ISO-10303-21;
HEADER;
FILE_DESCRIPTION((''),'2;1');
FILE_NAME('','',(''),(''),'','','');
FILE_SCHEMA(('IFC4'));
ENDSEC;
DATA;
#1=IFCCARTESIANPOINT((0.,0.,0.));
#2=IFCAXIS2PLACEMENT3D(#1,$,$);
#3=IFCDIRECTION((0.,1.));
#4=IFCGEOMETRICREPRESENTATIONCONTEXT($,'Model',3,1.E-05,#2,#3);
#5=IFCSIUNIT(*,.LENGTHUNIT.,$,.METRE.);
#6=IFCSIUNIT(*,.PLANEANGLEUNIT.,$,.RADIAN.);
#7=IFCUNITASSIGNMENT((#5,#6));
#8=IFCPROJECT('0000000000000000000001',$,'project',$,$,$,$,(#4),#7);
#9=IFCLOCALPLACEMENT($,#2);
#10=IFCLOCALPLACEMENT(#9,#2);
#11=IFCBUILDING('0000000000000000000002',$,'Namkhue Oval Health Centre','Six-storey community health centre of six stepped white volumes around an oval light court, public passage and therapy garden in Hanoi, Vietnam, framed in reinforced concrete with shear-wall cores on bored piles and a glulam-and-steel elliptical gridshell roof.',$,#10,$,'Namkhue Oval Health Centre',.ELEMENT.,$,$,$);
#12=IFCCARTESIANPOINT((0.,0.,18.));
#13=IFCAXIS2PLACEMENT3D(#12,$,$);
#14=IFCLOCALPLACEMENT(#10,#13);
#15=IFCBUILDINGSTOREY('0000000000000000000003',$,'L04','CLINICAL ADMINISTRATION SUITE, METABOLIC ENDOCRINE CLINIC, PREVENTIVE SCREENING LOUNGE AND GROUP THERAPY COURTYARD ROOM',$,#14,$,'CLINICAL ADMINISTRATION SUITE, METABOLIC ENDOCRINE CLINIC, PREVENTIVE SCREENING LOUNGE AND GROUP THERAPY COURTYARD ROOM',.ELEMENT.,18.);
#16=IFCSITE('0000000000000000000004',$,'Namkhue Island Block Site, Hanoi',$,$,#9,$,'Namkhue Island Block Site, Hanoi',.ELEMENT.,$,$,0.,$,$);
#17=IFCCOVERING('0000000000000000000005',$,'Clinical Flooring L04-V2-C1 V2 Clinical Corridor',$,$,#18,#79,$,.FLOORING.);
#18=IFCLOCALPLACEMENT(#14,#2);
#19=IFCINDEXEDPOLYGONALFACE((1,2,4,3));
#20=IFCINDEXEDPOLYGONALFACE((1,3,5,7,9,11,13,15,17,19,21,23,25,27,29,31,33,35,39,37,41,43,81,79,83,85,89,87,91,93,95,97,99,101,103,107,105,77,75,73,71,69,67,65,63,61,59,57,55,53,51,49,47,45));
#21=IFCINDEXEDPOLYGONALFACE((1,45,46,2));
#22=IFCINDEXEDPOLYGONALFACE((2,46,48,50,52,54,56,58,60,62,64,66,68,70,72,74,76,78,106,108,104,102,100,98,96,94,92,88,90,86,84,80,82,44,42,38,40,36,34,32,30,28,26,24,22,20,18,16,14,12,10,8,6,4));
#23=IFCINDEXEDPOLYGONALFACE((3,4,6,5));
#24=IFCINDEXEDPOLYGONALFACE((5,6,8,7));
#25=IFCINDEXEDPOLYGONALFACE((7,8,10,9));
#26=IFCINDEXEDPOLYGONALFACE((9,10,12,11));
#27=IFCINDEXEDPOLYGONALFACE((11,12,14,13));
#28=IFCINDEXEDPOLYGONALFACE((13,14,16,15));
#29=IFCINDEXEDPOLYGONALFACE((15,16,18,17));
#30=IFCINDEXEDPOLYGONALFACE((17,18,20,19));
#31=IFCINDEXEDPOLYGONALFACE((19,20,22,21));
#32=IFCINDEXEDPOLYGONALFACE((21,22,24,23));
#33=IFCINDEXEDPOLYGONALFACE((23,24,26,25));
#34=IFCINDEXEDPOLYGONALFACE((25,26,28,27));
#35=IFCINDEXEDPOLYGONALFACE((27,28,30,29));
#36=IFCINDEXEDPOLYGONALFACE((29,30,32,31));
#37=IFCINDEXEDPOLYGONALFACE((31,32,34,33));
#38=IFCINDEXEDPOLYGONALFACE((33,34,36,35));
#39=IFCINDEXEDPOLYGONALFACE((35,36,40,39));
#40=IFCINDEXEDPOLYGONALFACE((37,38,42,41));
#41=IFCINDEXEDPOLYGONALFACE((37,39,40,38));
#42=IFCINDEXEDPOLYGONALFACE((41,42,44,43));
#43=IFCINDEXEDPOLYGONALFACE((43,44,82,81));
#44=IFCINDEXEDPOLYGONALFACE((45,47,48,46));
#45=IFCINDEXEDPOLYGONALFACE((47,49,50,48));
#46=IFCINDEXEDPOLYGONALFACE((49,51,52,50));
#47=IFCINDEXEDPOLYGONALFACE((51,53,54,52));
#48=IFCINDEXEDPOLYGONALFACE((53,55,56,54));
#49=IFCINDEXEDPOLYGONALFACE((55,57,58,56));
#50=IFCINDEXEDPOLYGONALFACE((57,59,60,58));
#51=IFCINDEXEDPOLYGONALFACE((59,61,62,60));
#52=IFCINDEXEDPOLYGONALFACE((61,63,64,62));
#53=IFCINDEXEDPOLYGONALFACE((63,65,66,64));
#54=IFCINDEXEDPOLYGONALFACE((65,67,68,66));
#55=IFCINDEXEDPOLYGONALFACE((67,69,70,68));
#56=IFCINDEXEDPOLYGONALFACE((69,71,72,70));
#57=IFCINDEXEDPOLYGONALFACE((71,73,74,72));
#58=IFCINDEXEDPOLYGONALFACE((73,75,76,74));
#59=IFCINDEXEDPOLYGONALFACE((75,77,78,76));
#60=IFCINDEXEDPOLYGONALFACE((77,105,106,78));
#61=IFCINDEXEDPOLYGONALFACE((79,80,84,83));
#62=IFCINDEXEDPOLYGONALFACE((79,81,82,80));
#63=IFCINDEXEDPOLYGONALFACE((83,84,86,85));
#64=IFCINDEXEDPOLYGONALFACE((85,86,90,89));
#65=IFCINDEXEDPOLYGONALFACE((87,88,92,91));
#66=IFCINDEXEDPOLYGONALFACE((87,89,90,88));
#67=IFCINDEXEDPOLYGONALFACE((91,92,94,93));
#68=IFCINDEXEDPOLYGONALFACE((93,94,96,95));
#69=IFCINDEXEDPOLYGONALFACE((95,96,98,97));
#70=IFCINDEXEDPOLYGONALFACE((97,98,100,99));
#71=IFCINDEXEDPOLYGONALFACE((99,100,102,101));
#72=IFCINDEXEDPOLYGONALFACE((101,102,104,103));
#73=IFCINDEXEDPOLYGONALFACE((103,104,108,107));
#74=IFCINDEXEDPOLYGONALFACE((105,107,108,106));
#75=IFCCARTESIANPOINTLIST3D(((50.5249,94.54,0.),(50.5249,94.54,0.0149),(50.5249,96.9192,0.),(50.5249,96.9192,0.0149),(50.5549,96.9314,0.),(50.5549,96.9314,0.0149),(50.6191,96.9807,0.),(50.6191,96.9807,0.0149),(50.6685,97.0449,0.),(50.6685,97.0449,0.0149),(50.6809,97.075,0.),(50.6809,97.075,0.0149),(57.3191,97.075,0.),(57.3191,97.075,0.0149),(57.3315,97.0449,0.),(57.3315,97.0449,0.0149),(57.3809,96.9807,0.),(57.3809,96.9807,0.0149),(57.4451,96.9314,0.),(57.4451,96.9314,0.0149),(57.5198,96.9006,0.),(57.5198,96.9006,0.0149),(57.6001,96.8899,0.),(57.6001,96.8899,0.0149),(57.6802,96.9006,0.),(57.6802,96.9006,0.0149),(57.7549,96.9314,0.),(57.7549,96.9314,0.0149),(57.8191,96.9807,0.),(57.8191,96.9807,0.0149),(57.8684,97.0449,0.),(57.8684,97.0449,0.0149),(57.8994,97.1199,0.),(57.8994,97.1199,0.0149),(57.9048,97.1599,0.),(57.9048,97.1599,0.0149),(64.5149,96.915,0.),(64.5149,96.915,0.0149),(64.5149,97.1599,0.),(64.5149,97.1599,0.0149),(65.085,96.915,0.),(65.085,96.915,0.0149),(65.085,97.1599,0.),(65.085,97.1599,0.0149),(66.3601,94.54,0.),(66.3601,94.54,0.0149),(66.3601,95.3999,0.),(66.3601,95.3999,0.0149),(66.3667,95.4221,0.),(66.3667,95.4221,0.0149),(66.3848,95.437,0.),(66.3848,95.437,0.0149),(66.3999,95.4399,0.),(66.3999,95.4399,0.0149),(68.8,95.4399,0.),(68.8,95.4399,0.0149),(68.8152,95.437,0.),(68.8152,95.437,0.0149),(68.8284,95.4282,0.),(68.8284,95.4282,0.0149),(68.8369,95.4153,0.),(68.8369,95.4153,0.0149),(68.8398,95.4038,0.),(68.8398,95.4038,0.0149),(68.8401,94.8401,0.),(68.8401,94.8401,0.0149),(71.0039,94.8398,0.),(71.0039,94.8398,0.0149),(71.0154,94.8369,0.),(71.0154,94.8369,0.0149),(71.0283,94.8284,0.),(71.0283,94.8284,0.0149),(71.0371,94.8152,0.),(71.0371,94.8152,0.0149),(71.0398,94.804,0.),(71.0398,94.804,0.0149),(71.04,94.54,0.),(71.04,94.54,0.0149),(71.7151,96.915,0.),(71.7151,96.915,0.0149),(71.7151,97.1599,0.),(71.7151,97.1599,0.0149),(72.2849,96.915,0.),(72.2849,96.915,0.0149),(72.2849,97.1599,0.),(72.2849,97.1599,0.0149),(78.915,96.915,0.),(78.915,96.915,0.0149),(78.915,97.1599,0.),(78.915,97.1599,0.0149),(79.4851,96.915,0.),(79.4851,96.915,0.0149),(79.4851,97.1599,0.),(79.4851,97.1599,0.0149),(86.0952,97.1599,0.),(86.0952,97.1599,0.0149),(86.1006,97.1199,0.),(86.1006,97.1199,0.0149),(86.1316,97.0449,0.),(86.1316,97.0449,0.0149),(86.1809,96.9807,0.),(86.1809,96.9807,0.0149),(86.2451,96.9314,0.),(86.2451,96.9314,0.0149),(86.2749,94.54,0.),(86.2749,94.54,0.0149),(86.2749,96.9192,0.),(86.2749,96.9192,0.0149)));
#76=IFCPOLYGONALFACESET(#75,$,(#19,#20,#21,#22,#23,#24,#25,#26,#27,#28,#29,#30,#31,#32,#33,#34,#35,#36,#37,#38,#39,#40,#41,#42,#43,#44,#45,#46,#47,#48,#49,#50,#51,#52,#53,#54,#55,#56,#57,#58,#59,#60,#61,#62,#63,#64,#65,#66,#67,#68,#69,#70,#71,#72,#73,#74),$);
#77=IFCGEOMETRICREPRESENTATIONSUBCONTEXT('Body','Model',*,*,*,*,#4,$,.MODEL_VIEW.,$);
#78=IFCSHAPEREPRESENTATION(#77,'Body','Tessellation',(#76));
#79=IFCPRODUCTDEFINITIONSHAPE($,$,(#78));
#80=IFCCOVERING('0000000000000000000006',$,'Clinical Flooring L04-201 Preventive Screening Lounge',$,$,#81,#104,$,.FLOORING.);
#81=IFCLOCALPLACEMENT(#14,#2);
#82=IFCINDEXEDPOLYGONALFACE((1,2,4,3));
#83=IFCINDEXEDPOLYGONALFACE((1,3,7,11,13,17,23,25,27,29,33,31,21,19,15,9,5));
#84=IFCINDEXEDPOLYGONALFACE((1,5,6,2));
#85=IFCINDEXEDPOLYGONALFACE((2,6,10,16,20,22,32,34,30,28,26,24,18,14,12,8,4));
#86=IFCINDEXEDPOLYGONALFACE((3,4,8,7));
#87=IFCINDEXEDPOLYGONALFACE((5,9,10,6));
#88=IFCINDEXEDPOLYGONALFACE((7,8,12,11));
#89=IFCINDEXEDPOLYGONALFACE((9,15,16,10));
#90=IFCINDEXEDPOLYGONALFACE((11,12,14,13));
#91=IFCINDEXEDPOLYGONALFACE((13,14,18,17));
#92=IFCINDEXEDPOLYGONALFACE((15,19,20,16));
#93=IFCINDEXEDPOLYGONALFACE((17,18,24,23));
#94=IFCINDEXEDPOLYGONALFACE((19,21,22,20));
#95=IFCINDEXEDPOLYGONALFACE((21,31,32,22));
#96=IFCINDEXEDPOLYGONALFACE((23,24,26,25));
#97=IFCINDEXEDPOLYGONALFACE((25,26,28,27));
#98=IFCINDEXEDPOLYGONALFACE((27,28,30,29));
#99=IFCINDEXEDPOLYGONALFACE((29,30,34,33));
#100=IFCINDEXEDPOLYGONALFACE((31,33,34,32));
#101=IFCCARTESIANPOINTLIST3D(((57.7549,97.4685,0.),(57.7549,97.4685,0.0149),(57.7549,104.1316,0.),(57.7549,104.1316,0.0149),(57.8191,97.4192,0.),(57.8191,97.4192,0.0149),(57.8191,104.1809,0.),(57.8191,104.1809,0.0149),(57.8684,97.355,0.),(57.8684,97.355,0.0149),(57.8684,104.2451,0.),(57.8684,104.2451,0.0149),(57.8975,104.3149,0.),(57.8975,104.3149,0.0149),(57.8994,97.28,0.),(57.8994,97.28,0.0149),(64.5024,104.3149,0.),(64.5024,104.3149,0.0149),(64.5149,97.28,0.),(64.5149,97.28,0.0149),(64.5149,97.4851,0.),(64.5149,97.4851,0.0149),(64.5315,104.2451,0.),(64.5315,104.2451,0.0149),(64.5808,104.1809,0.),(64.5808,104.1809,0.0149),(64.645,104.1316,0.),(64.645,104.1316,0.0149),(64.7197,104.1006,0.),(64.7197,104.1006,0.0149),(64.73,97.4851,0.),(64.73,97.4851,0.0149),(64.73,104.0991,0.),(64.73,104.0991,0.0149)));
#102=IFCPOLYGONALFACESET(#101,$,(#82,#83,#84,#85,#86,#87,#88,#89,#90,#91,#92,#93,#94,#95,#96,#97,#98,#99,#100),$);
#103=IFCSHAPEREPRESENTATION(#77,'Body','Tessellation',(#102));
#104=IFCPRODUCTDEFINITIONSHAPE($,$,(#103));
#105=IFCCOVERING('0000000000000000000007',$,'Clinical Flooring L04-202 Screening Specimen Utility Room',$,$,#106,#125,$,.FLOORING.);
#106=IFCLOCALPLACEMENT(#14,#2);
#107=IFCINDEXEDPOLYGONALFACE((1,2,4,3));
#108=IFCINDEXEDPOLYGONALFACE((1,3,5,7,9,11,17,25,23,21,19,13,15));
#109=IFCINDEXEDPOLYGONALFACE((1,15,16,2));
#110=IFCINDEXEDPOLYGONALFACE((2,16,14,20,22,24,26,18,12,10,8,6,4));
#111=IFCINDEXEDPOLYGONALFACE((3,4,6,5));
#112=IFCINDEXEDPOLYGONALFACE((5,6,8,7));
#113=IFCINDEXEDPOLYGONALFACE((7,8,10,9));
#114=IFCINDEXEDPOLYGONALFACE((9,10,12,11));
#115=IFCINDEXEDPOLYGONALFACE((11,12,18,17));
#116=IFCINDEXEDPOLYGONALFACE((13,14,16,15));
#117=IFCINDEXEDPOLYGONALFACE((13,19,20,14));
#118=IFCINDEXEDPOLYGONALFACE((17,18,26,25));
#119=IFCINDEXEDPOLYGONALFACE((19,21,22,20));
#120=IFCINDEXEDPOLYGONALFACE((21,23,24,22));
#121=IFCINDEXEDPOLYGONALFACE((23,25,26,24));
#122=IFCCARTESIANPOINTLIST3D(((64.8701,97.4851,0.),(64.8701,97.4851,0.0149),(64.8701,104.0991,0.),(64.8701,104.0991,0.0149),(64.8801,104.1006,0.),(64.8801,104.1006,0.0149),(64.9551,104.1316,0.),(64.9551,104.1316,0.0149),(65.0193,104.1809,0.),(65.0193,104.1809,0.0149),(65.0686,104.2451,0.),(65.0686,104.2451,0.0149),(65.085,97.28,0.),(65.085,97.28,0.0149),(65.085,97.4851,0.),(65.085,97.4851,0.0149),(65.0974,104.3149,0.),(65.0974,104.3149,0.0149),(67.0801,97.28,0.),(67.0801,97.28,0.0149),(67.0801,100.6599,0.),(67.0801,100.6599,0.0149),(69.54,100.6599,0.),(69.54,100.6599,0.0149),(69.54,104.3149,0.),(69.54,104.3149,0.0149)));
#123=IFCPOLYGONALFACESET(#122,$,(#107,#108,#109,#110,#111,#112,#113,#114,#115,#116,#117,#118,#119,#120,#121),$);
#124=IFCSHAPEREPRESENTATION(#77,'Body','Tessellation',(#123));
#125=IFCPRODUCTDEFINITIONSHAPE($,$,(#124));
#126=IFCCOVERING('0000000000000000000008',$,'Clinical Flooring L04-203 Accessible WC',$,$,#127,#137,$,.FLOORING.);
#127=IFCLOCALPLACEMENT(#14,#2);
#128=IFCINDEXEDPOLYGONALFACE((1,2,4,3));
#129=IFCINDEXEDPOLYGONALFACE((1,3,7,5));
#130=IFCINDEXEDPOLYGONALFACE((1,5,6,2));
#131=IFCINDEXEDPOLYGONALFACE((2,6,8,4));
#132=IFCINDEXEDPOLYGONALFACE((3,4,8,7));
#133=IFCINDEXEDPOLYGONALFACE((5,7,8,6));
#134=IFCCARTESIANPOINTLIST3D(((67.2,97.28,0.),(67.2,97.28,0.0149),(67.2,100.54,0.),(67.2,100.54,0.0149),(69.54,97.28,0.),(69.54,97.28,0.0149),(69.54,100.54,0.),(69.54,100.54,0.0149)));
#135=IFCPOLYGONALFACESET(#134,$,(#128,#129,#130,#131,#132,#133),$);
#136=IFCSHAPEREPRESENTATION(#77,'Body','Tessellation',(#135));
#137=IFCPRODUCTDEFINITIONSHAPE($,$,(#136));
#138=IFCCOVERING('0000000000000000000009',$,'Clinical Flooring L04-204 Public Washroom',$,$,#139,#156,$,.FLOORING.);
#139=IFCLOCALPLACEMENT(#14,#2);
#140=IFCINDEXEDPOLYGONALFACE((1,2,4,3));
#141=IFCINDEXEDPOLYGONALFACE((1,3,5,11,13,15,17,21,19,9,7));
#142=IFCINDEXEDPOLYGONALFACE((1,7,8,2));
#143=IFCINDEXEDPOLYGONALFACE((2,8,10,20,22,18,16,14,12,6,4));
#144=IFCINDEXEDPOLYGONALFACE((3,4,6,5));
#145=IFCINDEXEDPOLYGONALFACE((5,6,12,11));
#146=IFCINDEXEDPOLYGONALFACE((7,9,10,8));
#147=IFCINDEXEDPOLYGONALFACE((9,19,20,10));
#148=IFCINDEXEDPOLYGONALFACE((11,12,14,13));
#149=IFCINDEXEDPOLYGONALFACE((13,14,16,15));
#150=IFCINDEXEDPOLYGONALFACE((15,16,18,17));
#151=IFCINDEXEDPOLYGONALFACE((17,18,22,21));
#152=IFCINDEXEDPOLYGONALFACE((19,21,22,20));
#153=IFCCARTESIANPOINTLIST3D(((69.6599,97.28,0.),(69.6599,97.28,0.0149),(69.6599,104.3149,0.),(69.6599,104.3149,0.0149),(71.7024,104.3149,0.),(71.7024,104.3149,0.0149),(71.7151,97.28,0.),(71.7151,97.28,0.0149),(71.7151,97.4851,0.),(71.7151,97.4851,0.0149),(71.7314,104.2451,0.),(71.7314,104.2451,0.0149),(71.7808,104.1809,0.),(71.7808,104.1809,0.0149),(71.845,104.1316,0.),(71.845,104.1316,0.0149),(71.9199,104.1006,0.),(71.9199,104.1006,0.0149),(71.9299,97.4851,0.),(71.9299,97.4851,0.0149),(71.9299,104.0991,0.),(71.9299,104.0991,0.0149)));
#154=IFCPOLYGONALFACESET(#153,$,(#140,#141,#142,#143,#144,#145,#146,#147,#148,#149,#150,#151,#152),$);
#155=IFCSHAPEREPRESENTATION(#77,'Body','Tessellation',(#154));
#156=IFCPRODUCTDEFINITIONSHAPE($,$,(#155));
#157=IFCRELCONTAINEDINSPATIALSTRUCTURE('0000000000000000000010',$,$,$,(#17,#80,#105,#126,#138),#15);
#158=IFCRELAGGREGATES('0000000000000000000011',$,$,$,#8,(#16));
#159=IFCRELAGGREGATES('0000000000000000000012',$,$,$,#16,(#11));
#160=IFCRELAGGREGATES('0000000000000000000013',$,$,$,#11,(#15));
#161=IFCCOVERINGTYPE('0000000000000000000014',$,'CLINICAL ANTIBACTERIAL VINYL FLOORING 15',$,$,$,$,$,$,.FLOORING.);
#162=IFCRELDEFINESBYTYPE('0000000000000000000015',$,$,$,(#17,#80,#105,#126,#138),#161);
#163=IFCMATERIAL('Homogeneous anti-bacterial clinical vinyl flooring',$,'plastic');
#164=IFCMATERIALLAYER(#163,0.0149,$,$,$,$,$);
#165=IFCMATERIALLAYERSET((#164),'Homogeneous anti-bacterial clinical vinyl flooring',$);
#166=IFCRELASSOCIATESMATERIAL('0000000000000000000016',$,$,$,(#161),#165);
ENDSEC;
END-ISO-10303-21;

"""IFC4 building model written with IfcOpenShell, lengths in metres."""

from ifc_helpers import new_model, si_unit, direction, frame, origin, place, context, subcontext, project, spatial, polyline, outline, extrude, material, layer, layer_set, type_object, element, save


model = new_model("IFC4")

# Units and contexts
model_context = context("Model", 3, precision=1e-05, world=origin(), true_north=direction((0.0, 1.0)))
body_context = subcontext(model_context, "Body", "Model", "MODEL_VIEW")
ifc_project = project(units=[si_unit("LENGTHUNIT", "METRE"), si_unit("PLANEANGLEUNIT", "RADIAN")], contexts=[model_context])

# Site, building, storey
site_placement = place(None, origin())
site = spatial("IfcSite", under=ifc_project, at=site_placement, Name="Namkhue Island Block Site, Hanoi", LongName="Namkhue Island Block Site, Hanoi", CompositionType="ELEMENT", RefElevation=0.0)
building_placement = place(site_placement, origin())
building = spatial("IfcBuilding", under=site, at=building_placement, Name="Namkhue Oval Health Centre", Description="Six-storey community health centre of six stepped white volumes around an oval light court, public passage and therapy garden in Hanoi, Vietnam, framed in reinforced concrete with shear-wall cores on bored piles and a glulam-and-steel elliptical gridshell roof.", LongName="Namkhue Oval Health Centre", CompositionType="ELEMENT")
storey_placement = place(building_placement, frame((0.0, 0.0, 18.0)))
storey = spatial("IfcBuildingStorey", under=building, at=storey_placement, Name="L04", Description="CLINICAL ADMINISTRATION SUITE, METABOLIC ENDOCRINE CLINIC, PREVENTIVE SCREENING LOUNGE AND GROUP THERAPY COURTYARD ROOM", LongName="CLINICAL ADMINISTRATION SUITE, METABOLIC ENDOCRINE CLINIC, PREVENTIVE SCREENING LOUNGE AND GROUP THERAPY COURTYARD ROOM", CompositionType="ELEMENT", Elevation=18.0)

# Coverings
ifc_material_1 = material(Name="Homogeneous anti-bacterial clinical vinyl flooring", Category="plastic")
ifc_layer_1 = layer(ifc_material_1, 0.0149)
ifc_layer_set_1 = layer_set([ifc_layer_1], Name="Homogeneous anti-bacterial clinical vinyl flooring")
covering_type = type_object("IfcCoveringType", Name="CLINICAL ANTIBACTERIAL VINYL FLOORING 15", PredefinedType="FLOORING", material=ifc_layer_set_1)
covering_1_placement = place(storey_placement, origin())
element("IfcCovering", 1, at=covering_1_placement, inside=storey, type_object=covering_type, Name="Clinical Flooring L04-V2-C1 V2 Clinical Corridor", PredefinedType="FLOORING", context=body_context, shape_type="SweptSolid", body=[
    extrude(outline(polyline([(64.5149, 97.1599), (64.5149, 96.915), (65.085, 96.915), (65.085, 97.1599), (71.7151, 97.1599), (71.7151, 96.915), (72.2849, 96.915), (72.2849, 97.1599), (78.915, 97.1599), (78.915, 96.915), (79.4851, 96.915), (79.4851, 97.1599), (86.0952, 97.1599), (86.1006, 97.1199), (86.1316, 97.0449), (86.1809, 96.9807), (86.2451, 96.9314), (86.2749, 96.9192), (86.2749, 94.54), (71.04, 94.54), (71.0398, 94.804), (71.0371, 94.8152), (71.0283, 94.8284), (71.0154, 94.8369), (71.0039, 94.8398), (68.8401, 94.8401), (68.8398, 95.4038), (68.8369, 95.4153), (68.8284, 95.4282), (68.8152, 95.437), (68.8, 95.4399), (66.3999, 95.4399), (66.3848, 95.437), (66.3667, 95.4221), (66.3601, 95.3999), (66.3601, 94.54), (50.5249, 94.54), (50.5249, 96.9192), (50.5549, 96.9314), (50.6191, 96.9807), (50.6685, 97.0449), (50.6809, 97.075), (57.3191, 97.075), (57.3315, 97.0449), (57.3809, 96.9807), (57.4451, 96.9314), (57.5198, 96.9006), (57.6001, 96.8899), (57.6802, 96.9006), (57.7549, 96.9314), (57.8191, 96.9807), (57.8684, 97.0449), (57.8994, 97.1199), (57.9048, 97.1599), (64.5149, 97.1599)])), origin(), (0.0, 0.0, 1.0), 0.0149),
])
covering_2_placement = place(storey_placement, origin())
element("IfcCovering", 2, at=covering_2_placement, inside=storey, type_object=covering_type, Name="Clinical Flooring L04-201 Preventive Screening Lounge", PredefinedType="FLOORING", context=body_context, shape_type="SweptSolid", body=[
    extrude(outline(polyline([(57.8994, 97.28), (57.8684, 97.355), (57.8191, 97.4192), (57.7549, 97.4685), (57.7549, 104.1316), (57.8191, 104.1809), (57.8684, 104.2451), (57.8975, 104.3149), (64.5024, 104.3149), (64.5315, 104.2451), (64.5808, 104.1809), (64.645, 104.1316), (64.7197, 104.1006), (64.73, 104.0991), (64.73, 97.4851), (64.5149, 97.4851), (64.5149, 97.28), (57.8994, 97.28)])), origin(), (0.0, 0.0, 1.0), 0.0149),
])
covering_3_placement = place(storey_placement, origin())
element("IfcCovering", 3, at=covering_3_placement, inside=storey, type_object=covering_type, Name="Clinical Flooring L04-202 Screening Specimen Utility Room", PredefinedType="FLOORING", context=body_context, shape_type="SweptSolid", body=[
    extrude(outline(polyline([(69.54, 104.3149), (69.54, 100.6599), (67.0801, 100.6599), (67.0801, 97.28), (65.085, 97.28), (65.085, 97.4851), (64.8701, 97.4851), (64.8701, 104.0991), (64.8801, 104.1006), (64.9551, 104.1316), (65.0193, 104.1809), (65.0686, 104.2451), (65.0974, 104.3149), (69.54, 104.3149)])), origin(), (0.0, 0.0, 1.0), 0.0149),
])
covering_4_placement = place(storey_placement, origin())
element("IfcCovering", 4, at=covering_4_placement, inside=storey, type_object=covering_type, Name="Clinical Flooring L04-203 Accessible WC", PredefinedType="FLOORING", context=body_context, shape_type="SweptSolid", body=[
    extrude(outline(polyline([(69.54, 100.54), (69.54, 97.28), (67.2, 97.28), (67.2, 100.54), (69.54, 100.54)])), origin(), (0.0, 0.0, 1.0), 0.0149),
])
covering_5_placement = place(storey_placement, origin())
element("IfcCovering", 5, at=covering_5_placement, inside=storey, type_object=covering_type, Name="Clinical Flooring L04-204 Public Washroom", PredefinedType="FLOORING", context=body_context, shape_type="SweptSolid", body=[
    extrude(outline(polyline([(69.6599, 97.28), (69.6599, 104.3149), (71.7024, 104.3149), (71.7314, 104.2451), (71.7808, 104.1809), (71.845, 104.1316), (71.9199, 104.1006), (71.9299, 104.0991), (71.9299, 97.4851), (71.7151, 97.4851), (71.7151, 97.28), (69.6599, 97.28)])), origin(), (0.0, 0.0, 1.0), 0.0149),
])

save(model, "model.ifc")
